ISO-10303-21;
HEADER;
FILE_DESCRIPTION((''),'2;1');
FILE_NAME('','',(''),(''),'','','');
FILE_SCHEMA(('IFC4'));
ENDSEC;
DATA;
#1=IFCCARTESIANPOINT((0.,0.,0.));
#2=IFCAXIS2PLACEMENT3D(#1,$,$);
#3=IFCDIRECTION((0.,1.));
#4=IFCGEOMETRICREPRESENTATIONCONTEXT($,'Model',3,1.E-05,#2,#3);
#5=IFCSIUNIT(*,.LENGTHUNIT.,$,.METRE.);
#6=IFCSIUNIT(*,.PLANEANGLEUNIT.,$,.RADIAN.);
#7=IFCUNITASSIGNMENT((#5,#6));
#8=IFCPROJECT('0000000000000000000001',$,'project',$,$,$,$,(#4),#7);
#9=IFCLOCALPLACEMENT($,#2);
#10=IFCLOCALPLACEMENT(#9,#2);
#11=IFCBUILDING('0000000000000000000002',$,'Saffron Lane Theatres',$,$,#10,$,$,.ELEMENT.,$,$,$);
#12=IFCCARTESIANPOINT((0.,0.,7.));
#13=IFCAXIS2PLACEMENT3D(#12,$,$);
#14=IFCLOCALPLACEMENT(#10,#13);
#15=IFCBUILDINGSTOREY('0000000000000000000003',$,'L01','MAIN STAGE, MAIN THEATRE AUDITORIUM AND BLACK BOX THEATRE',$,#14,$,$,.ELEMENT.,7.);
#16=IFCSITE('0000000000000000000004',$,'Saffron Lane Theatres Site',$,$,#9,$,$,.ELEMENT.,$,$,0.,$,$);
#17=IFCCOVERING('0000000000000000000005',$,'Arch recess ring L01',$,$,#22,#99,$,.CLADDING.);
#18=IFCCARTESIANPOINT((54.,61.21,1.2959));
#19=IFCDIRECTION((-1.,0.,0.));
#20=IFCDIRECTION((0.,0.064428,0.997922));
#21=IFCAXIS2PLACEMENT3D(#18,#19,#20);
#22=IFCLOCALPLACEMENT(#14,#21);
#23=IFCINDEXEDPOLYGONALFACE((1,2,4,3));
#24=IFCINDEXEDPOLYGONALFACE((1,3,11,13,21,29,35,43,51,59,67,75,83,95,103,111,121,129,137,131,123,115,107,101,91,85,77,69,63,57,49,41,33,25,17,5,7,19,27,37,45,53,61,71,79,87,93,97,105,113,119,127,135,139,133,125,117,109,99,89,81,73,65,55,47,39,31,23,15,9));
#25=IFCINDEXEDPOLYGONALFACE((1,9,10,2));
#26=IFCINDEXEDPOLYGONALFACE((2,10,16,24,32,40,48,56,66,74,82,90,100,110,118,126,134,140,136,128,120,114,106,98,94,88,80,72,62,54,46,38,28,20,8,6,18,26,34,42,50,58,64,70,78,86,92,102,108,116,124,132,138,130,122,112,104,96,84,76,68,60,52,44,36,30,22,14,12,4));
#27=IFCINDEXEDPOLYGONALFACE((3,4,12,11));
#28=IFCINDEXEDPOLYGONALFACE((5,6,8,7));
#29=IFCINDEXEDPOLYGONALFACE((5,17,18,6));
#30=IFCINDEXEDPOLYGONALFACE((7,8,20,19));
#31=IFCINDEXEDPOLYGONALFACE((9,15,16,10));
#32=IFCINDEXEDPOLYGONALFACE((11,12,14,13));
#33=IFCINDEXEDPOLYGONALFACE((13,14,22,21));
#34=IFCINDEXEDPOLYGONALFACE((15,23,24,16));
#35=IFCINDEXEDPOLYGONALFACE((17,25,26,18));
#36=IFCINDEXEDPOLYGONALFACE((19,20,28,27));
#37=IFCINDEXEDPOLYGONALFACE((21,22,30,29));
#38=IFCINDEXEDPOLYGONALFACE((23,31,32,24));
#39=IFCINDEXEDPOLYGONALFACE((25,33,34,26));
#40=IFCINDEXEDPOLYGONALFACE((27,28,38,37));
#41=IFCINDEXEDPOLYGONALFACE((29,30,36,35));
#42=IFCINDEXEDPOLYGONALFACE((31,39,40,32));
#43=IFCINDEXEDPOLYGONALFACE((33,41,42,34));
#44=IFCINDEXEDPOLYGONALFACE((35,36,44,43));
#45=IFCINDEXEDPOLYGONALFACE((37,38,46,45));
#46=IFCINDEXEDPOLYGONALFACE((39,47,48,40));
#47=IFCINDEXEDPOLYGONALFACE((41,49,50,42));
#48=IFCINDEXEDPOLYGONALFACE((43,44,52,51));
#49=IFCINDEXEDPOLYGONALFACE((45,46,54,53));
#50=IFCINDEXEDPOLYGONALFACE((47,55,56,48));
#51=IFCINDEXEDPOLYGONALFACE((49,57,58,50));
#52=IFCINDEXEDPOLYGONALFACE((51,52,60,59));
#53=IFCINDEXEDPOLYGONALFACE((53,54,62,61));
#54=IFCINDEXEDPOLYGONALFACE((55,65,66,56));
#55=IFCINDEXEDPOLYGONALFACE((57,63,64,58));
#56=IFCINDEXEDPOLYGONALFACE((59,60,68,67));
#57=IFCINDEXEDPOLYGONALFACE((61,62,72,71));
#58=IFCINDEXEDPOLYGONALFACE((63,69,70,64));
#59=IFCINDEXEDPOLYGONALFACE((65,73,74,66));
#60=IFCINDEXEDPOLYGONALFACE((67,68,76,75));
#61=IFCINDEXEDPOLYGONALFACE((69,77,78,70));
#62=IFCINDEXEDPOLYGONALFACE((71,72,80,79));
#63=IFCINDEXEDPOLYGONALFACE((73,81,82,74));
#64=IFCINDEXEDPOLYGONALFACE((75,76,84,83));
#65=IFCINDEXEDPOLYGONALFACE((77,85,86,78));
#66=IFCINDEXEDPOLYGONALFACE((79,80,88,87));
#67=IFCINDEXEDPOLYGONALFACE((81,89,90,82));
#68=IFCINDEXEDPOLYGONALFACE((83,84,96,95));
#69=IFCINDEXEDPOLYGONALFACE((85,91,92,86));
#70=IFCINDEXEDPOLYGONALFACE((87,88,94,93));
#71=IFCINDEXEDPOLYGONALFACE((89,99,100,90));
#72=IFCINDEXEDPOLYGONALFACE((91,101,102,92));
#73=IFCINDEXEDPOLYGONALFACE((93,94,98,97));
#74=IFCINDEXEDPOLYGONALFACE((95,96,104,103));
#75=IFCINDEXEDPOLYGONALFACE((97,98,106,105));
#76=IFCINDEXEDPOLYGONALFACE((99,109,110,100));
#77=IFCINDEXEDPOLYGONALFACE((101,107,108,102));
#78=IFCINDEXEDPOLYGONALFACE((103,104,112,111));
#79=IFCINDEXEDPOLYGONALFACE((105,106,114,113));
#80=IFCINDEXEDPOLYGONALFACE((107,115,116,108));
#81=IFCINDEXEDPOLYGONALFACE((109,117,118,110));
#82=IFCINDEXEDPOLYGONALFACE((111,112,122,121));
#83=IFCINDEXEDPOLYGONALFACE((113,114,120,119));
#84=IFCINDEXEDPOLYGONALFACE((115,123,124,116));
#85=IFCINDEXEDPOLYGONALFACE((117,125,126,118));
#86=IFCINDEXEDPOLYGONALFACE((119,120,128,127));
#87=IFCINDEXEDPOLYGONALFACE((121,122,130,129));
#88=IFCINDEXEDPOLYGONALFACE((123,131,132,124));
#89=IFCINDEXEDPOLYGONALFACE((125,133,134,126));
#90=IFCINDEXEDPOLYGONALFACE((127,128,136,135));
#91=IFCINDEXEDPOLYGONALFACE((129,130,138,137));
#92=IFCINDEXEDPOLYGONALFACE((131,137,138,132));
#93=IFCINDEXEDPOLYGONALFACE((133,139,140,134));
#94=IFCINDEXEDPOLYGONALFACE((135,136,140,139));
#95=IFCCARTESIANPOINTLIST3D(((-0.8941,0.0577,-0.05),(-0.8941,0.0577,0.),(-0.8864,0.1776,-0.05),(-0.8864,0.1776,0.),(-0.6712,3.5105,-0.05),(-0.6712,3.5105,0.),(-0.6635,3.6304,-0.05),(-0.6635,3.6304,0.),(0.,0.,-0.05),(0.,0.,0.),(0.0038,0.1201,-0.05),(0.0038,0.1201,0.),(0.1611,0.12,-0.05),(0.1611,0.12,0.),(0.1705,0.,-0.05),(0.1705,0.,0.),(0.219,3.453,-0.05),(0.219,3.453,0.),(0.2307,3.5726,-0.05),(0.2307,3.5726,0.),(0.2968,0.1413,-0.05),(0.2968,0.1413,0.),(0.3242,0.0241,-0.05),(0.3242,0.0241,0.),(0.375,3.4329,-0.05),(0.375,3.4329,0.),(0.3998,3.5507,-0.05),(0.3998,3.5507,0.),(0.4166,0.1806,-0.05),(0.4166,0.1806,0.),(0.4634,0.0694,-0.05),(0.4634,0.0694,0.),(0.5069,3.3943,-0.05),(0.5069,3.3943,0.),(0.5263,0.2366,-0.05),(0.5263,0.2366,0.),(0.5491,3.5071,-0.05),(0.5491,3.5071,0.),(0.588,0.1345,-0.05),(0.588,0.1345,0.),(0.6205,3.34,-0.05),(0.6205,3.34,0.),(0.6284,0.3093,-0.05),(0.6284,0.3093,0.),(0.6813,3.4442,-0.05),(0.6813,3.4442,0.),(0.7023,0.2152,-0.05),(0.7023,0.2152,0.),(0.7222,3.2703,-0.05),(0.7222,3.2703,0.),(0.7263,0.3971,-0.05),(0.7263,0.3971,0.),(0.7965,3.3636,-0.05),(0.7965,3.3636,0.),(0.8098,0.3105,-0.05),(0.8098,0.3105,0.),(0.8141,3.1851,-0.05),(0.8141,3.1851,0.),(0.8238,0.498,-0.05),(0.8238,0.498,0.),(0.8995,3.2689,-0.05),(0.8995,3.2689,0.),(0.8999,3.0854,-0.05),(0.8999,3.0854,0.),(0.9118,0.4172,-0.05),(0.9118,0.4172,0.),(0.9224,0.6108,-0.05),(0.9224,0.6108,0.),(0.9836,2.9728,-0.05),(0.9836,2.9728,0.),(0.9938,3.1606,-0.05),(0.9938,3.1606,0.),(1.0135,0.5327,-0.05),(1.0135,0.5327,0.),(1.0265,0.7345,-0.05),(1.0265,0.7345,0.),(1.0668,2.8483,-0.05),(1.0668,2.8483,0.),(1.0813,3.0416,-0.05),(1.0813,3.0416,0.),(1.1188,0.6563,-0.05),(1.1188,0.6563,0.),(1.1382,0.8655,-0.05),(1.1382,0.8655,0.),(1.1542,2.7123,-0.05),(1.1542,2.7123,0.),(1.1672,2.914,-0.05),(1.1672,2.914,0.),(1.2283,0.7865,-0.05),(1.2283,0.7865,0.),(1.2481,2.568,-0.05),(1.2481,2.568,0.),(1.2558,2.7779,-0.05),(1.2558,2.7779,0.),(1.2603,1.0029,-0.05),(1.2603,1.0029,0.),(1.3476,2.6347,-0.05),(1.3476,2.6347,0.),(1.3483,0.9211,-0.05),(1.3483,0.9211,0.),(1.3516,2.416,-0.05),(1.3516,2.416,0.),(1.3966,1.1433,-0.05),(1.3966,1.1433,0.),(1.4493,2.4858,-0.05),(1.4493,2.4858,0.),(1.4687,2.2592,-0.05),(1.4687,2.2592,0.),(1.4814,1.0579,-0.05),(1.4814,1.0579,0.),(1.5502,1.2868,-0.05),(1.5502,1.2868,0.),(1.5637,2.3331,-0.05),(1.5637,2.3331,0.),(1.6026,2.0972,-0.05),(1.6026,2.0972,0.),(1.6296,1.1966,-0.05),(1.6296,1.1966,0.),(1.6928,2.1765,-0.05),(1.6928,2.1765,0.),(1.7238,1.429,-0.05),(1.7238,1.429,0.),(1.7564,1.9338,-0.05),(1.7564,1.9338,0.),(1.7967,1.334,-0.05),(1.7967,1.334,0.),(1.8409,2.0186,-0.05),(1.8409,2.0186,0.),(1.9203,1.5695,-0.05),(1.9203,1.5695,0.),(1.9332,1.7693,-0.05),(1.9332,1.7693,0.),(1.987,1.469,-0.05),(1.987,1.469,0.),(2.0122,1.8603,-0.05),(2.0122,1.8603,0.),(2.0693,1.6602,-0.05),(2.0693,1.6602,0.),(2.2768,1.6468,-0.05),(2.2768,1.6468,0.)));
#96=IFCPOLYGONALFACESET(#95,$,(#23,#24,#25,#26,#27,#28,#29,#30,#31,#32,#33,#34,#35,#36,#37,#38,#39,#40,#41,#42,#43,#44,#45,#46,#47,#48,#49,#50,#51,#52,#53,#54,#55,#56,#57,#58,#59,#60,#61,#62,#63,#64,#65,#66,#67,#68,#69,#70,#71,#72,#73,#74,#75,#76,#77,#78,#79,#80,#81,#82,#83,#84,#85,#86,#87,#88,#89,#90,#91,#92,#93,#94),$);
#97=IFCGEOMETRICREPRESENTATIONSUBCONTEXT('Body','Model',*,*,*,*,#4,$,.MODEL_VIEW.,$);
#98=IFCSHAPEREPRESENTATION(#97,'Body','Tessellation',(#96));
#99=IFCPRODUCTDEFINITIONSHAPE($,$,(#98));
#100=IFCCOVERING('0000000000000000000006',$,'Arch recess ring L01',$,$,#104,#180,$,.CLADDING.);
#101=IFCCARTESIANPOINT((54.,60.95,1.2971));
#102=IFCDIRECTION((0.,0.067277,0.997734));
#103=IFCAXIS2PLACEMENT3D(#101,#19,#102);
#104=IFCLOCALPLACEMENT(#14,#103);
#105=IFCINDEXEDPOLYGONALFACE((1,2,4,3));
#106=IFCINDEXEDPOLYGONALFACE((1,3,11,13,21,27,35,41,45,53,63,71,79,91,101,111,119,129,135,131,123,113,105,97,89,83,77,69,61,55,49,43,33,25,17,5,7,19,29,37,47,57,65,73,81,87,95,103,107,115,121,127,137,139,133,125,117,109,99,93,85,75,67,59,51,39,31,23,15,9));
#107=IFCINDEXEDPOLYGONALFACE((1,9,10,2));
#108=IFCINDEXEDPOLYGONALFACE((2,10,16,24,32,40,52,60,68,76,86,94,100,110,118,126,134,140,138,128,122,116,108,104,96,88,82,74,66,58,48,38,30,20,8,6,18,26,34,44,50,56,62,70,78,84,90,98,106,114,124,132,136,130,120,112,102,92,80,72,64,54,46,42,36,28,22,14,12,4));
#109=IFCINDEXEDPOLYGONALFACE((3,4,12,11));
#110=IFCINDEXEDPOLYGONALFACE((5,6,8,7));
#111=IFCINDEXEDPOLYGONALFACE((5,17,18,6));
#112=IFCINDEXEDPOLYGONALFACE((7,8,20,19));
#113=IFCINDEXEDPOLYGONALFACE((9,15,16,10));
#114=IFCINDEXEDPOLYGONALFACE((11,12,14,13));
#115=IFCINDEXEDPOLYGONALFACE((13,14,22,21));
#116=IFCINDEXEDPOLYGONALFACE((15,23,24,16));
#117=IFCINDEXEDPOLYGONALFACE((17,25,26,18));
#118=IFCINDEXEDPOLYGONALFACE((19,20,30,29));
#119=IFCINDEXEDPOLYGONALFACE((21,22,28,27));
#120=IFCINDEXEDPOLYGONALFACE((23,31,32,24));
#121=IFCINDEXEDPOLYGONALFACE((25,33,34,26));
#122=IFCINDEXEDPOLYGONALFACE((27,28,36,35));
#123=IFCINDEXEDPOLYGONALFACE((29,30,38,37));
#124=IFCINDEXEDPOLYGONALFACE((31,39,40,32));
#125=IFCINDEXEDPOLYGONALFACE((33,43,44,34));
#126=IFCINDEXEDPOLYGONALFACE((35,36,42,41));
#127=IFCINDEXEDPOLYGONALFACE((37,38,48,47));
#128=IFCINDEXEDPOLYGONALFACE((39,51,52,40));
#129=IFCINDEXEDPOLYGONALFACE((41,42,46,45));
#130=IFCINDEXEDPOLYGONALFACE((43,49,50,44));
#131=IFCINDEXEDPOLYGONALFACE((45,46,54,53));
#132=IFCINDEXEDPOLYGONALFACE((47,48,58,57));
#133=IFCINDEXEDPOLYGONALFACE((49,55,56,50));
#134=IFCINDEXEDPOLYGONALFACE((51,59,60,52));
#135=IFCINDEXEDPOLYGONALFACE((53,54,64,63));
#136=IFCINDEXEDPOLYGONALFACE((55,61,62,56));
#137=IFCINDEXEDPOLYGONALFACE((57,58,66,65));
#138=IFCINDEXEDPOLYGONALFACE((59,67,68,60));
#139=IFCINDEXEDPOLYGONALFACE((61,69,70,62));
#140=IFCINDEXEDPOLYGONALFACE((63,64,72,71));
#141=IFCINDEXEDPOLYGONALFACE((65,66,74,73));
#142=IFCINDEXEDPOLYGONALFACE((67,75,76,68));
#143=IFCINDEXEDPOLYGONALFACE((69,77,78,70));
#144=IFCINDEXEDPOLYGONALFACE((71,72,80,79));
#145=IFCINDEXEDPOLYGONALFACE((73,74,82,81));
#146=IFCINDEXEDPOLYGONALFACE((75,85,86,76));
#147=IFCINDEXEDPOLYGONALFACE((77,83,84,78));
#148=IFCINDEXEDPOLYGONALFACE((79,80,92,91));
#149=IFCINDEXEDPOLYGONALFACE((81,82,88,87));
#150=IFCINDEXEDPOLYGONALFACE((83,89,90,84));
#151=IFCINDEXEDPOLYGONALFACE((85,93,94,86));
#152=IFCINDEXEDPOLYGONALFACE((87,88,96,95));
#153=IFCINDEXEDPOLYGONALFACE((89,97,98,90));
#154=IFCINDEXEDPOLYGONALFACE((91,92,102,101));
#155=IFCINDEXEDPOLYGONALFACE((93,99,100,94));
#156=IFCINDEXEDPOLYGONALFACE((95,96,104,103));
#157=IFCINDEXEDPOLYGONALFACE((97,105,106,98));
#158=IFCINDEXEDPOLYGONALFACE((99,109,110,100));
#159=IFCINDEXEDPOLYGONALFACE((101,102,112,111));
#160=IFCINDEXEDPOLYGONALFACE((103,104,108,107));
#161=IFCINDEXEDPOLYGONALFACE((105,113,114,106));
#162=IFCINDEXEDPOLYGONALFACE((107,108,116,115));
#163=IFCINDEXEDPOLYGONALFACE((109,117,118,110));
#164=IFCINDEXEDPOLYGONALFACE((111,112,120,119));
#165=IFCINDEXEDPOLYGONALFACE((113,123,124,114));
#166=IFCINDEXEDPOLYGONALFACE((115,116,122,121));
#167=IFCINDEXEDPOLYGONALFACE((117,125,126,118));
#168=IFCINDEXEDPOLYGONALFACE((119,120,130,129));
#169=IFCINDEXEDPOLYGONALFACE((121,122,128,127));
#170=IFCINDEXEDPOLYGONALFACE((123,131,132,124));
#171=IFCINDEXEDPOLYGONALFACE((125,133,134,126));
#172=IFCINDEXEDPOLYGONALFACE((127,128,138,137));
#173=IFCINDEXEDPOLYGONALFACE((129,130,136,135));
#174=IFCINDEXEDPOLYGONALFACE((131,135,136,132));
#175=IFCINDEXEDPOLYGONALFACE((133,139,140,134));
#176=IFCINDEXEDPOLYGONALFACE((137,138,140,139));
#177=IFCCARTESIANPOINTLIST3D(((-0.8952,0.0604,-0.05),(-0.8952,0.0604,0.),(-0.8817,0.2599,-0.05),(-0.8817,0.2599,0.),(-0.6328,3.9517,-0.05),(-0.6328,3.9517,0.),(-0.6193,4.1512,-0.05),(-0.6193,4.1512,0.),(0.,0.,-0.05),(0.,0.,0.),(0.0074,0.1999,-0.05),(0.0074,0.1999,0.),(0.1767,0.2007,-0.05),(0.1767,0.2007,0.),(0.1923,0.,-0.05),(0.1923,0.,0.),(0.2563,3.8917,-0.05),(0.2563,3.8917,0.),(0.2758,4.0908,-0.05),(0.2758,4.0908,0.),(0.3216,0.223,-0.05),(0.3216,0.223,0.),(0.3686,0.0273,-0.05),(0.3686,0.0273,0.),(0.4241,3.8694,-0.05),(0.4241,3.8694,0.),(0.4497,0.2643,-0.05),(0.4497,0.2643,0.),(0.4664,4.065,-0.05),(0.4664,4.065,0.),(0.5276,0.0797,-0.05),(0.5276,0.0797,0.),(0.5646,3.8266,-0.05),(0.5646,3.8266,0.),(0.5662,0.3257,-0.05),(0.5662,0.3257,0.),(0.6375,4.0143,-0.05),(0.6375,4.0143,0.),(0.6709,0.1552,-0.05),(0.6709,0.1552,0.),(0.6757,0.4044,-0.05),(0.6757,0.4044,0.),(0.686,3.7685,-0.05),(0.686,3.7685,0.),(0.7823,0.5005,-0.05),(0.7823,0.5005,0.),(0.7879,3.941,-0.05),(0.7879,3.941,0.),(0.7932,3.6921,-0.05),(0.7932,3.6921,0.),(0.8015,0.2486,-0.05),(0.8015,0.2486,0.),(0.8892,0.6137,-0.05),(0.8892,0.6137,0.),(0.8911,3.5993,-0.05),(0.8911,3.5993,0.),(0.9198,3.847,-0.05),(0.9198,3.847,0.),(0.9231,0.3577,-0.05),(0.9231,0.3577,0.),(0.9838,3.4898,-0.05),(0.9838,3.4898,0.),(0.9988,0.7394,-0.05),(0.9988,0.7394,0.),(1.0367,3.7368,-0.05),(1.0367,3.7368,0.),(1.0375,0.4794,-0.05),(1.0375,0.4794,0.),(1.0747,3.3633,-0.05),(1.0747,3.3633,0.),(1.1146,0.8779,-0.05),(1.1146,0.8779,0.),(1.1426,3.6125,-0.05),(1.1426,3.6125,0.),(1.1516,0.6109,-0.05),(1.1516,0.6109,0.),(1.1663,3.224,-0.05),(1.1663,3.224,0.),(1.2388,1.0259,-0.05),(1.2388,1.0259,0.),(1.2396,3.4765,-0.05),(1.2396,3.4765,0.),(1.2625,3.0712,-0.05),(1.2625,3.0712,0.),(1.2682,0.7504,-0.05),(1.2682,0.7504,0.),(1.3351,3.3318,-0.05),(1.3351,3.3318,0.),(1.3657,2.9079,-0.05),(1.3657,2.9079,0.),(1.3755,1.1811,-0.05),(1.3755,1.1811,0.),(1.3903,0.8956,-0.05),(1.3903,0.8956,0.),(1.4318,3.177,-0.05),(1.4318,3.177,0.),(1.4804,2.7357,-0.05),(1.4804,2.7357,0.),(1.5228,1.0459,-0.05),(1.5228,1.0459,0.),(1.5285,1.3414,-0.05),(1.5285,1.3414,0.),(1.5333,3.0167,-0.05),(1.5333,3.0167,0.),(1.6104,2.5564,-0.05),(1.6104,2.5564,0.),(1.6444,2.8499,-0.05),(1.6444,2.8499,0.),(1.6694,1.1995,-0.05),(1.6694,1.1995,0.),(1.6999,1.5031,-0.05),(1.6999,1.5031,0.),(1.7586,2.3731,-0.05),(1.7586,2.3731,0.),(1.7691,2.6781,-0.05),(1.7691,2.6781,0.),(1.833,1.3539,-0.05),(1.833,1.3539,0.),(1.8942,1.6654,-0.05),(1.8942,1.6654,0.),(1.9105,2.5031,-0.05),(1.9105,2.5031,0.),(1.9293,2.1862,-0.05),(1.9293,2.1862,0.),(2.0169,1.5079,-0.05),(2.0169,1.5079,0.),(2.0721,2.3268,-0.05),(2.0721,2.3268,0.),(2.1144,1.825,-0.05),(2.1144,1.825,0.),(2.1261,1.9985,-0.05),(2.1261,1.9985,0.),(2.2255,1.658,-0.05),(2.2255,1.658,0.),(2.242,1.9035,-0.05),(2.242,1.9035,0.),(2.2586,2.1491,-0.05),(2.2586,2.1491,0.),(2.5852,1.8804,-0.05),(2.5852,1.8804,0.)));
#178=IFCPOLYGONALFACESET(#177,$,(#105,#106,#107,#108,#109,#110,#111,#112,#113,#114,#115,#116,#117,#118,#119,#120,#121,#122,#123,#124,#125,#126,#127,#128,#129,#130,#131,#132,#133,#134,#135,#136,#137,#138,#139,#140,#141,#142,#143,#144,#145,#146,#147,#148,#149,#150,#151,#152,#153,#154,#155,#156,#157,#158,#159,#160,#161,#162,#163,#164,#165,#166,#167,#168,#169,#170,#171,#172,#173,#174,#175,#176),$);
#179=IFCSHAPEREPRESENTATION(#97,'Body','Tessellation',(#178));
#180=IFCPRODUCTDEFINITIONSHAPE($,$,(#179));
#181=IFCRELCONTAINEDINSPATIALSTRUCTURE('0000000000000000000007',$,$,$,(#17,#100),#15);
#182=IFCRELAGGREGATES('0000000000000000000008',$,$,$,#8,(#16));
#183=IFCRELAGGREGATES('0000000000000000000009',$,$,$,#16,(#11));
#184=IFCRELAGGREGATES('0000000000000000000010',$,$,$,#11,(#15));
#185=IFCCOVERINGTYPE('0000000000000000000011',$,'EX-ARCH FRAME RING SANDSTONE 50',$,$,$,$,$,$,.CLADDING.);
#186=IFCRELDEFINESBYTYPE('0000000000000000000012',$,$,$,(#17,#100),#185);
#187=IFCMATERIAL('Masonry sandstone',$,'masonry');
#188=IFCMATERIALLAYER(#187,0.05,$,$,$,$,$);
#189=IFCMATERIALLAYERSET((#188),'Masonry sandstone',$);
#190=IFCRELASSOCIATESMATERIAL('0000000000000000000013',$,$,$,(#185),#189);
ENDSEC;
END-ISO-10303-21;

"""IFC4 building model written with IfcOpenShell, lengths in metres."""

from ifc_helpers import new_model, si_unit, direction, frame, origin, place, context, subcontext, project, spatial, polyline, outline, extrude, material, layer, layer_set, type_object, element, save


model = new_model("IFC4")

# Units and contexts
model_context = context("Model", 3, precision=1e-05, world=origin(), true_north=direction((0.0, 1.0)))
body_context = subcontext(model_context, "Body", "Model", "MODEL_VIEW")
ifc_project = project(units=[si_unit("LENGTHUNIT", "METRE"), si_unit("PLANEANGLEUNIT", "RADIAN")], contexts=[model_context])

# Site, building, storey
site_placement = place(None, origin())
site = spatial("IfcSite", under=ifc_project, at=site_placement, Name="Saffron Lane Theatres Site", CompositionType="ELEMENT", RefElevation=0.0)
building_placement = place(site_placement, origin())
building = spatial("IfcBuilding", under=site, at=building_placement, Name="Saffron Lane Theatres", CompositionType="ELEMENT")
storey_placement = place(building_placement, frame((0.0, 0.0, 7.0)))
storey = spatial("IfcBuildingStorey", under=building, at=storey_placement, Name="L01", Description="MAIN STAGE, MAIN THEATRE AUDITORIUM AND BLACK BOX THEATRE", CompositionType="ELEMENT", Elevation=7.0)

# Coverings
ifc_material_1 = material(Name="Masonry sandstone", Category="masonry")
ifc_layer_1 = layer(ifc_material_1, 0.05)
ifc_layer_set_1 = layer_set([ifc_layer_1], Name="Masonry sandstone")
covering_type_1 = type_object("IfcCoveringType", Name="EX-ARCH FRAME RING SANDSTONE 50", PredefinedType="CLADDING", material=ifc_layer_set_1)
covering_1_placement = place(storey_placement, frame((54.0, 61.21, 1.2959), z_axis=(-1.0, 0.0, 0.0), x_axis=(0.0, 0.064428, 0.997922)))
element("IfcCovering", 1, at=covering_1_placement, inside=storey, type_object=covering_type_1, Name="Arch recess ring L01", PredefinedType="CLADDING", context=body_context, shape_type="SweptSolid", body=[
    extrude(outline(polyline([(0.0, 0.0), (0.1705, 0.0), (0.3242, 0.0241), (0.4634, 0.0694), (0.588, 0.1345), (0.7023, 0.2152), (0.8098, 0.3105), (0.9118, 0.4172), (1.0135, 0.5327), (1.1188, 0.6563), (1.2283, 0.7865), (1.3483, 0.9211), (1.4814, 1.0579), (1.6296, 1.1966), (1.7967, 1.334), (1.987, 1.469), (2.2768, 1.6468), (2.0122, 1.8603), (1.8409, 2.0186), (1.6928, 2.1765), (1.5637, 2.3331), (1.4493, 2.4858), (1.3476, 2.6347), (1.2558, 2.7779), (1.1672, 2.914), (1.0813, 3.0416), (0.9938, 3.1606), (0.8995, 3.2689), (0.7965, 3.3636), (0.6813, 3.4442), (0.5491, 3.5071), (0.3998, 3.5507), (0.2307, 3.5726), (-0.6635, 3.6304), (-0.6712, 3.5105), (0.219, 3.453), (0.375, 3.4329), (0.5069, 3.3943), (0.6205, 3.34), (0.7222, 3.2703), (0.8141, 3.1851), (0.8999, 3.0854), (0.9836, 2.9728), (1.0668, 2.8483), (1.1542, 2.7123), (1.2481, 2.568), (1.3516, 2.416), (1.4687, 2.2592), (1.6026, 2.0972), (1.7564, 1.9338), (1.9332, 1.7693), (2.0693, 1.6602), (1.9203, 1.5695), (1.7238, 1.429), (1.5502, 1.2868), (1.3966, 1.1433), (1.2603, 1.0029), (1.1382, 0.8655), (1.0265, 0.7345), (0.9224, 0.6108), (0.8238, 0.498), (0.7263, 0.3971), (0.6284, 0.3093), (0.5263, 0.2366), (0.4166, 0.1806), (0.2968, 0.1413), (0.1611, 0.12), (0.0038, 0.1201), (-0.8864, 0.1776), (-0.8941, 0.0577), (0.0, 0.0)])), origin(), (0.0, 0.0, -1.0), 0.05),
])
covering_2_placement = place(storey_placement, frame((54.0, 60.95, 1.2971), z_axis=(-1.0, 0.0, 0.0), x_axis=(0.0, 0.067277, 0.997734)))
element("IfcCovering", 2, at=covering_2_placement, inside=storey, type_object=covering_type_1, Name="Arch recess ring L01", PredefinedType="CLADDING", context=body_context, shape_type="SweptSolid", body=[
    extrude(outline(polyline([(0.0, 0.0), (0.1923, 0.0), (0.3686, 0.0273), (0.5276, 0.0797), (0.6709, 0.1552), (0.8015, 0.2486), (0.9231, 0.3577), (1.0375, 0.4794), (1.1516, 0.6109), (1.2682, 0.7504), (1.3903, 0.8956), (1.5228, 1.0459), (1.6694, 1.1995), (1.833, 1.3539), (2.0169, 1.5079), (2.2255, 1.658), (2.5852, 1.8804), (2.2586, 2.1491), (2.0721, 2.3268), (1.9105, 2.5031), (1.7691, 2.6781), (1.6444, 2.8499), (1.5333, 3.0167), (1.4318, 3.177), (1.3351, 3.3318), (1.2396, 3.4765), (1.1426, 3.6125), (1.0367, 3.7368), (0.9198, 3.847), (0.7879, 3.941), (0.6375, 4.0143), (0.4664, 4.065), (0.2758, 4.0908), (-0.6193, 4.1512), (-0.6328, 3.9517), (0.2563, 3.8917), (0.4241, 3.8694), (0.5646, 3.8266), (0.686, 3.7685), (0.7932, 3.6921), (0.8911, 3.5993), (0.9838, 3.4898), (1.0747, 3.3633), (1.1663, 3.224), (1.2625, 3.0712), (1.3657, 2.9079), (1.4804, 2.7357), (1.6104, 2.5564), (1.7586, 2.3731), (1.9293, 2.1862), (2.1261, 1.9985), (2.242, 1.9035), (2.1144, 1.825), (1.8942, 1.6654), (1.6999, 1.5031), (1.5285, 1.3414), (1.3755, 1.1811), (1.2388, 1.0259), (1.1146, 0.8779), (0.9988, 0.7394), (0.8892, 0.6137), (0.7823, 0.5005), (0.6757, 0.4044), (0.5662, 0.3257), (0.4497, 0.2643), (0.3216, 0.223), (0.1767, 0.2007), (0.0074, 0.1999), (-0.8817, 0.2599), (-0.8952, 0.0604), (0.0, 0.0)])), origin(), (0.0, 0.0, -1.0), 0.05),
])

save(model, "model.ifc")
